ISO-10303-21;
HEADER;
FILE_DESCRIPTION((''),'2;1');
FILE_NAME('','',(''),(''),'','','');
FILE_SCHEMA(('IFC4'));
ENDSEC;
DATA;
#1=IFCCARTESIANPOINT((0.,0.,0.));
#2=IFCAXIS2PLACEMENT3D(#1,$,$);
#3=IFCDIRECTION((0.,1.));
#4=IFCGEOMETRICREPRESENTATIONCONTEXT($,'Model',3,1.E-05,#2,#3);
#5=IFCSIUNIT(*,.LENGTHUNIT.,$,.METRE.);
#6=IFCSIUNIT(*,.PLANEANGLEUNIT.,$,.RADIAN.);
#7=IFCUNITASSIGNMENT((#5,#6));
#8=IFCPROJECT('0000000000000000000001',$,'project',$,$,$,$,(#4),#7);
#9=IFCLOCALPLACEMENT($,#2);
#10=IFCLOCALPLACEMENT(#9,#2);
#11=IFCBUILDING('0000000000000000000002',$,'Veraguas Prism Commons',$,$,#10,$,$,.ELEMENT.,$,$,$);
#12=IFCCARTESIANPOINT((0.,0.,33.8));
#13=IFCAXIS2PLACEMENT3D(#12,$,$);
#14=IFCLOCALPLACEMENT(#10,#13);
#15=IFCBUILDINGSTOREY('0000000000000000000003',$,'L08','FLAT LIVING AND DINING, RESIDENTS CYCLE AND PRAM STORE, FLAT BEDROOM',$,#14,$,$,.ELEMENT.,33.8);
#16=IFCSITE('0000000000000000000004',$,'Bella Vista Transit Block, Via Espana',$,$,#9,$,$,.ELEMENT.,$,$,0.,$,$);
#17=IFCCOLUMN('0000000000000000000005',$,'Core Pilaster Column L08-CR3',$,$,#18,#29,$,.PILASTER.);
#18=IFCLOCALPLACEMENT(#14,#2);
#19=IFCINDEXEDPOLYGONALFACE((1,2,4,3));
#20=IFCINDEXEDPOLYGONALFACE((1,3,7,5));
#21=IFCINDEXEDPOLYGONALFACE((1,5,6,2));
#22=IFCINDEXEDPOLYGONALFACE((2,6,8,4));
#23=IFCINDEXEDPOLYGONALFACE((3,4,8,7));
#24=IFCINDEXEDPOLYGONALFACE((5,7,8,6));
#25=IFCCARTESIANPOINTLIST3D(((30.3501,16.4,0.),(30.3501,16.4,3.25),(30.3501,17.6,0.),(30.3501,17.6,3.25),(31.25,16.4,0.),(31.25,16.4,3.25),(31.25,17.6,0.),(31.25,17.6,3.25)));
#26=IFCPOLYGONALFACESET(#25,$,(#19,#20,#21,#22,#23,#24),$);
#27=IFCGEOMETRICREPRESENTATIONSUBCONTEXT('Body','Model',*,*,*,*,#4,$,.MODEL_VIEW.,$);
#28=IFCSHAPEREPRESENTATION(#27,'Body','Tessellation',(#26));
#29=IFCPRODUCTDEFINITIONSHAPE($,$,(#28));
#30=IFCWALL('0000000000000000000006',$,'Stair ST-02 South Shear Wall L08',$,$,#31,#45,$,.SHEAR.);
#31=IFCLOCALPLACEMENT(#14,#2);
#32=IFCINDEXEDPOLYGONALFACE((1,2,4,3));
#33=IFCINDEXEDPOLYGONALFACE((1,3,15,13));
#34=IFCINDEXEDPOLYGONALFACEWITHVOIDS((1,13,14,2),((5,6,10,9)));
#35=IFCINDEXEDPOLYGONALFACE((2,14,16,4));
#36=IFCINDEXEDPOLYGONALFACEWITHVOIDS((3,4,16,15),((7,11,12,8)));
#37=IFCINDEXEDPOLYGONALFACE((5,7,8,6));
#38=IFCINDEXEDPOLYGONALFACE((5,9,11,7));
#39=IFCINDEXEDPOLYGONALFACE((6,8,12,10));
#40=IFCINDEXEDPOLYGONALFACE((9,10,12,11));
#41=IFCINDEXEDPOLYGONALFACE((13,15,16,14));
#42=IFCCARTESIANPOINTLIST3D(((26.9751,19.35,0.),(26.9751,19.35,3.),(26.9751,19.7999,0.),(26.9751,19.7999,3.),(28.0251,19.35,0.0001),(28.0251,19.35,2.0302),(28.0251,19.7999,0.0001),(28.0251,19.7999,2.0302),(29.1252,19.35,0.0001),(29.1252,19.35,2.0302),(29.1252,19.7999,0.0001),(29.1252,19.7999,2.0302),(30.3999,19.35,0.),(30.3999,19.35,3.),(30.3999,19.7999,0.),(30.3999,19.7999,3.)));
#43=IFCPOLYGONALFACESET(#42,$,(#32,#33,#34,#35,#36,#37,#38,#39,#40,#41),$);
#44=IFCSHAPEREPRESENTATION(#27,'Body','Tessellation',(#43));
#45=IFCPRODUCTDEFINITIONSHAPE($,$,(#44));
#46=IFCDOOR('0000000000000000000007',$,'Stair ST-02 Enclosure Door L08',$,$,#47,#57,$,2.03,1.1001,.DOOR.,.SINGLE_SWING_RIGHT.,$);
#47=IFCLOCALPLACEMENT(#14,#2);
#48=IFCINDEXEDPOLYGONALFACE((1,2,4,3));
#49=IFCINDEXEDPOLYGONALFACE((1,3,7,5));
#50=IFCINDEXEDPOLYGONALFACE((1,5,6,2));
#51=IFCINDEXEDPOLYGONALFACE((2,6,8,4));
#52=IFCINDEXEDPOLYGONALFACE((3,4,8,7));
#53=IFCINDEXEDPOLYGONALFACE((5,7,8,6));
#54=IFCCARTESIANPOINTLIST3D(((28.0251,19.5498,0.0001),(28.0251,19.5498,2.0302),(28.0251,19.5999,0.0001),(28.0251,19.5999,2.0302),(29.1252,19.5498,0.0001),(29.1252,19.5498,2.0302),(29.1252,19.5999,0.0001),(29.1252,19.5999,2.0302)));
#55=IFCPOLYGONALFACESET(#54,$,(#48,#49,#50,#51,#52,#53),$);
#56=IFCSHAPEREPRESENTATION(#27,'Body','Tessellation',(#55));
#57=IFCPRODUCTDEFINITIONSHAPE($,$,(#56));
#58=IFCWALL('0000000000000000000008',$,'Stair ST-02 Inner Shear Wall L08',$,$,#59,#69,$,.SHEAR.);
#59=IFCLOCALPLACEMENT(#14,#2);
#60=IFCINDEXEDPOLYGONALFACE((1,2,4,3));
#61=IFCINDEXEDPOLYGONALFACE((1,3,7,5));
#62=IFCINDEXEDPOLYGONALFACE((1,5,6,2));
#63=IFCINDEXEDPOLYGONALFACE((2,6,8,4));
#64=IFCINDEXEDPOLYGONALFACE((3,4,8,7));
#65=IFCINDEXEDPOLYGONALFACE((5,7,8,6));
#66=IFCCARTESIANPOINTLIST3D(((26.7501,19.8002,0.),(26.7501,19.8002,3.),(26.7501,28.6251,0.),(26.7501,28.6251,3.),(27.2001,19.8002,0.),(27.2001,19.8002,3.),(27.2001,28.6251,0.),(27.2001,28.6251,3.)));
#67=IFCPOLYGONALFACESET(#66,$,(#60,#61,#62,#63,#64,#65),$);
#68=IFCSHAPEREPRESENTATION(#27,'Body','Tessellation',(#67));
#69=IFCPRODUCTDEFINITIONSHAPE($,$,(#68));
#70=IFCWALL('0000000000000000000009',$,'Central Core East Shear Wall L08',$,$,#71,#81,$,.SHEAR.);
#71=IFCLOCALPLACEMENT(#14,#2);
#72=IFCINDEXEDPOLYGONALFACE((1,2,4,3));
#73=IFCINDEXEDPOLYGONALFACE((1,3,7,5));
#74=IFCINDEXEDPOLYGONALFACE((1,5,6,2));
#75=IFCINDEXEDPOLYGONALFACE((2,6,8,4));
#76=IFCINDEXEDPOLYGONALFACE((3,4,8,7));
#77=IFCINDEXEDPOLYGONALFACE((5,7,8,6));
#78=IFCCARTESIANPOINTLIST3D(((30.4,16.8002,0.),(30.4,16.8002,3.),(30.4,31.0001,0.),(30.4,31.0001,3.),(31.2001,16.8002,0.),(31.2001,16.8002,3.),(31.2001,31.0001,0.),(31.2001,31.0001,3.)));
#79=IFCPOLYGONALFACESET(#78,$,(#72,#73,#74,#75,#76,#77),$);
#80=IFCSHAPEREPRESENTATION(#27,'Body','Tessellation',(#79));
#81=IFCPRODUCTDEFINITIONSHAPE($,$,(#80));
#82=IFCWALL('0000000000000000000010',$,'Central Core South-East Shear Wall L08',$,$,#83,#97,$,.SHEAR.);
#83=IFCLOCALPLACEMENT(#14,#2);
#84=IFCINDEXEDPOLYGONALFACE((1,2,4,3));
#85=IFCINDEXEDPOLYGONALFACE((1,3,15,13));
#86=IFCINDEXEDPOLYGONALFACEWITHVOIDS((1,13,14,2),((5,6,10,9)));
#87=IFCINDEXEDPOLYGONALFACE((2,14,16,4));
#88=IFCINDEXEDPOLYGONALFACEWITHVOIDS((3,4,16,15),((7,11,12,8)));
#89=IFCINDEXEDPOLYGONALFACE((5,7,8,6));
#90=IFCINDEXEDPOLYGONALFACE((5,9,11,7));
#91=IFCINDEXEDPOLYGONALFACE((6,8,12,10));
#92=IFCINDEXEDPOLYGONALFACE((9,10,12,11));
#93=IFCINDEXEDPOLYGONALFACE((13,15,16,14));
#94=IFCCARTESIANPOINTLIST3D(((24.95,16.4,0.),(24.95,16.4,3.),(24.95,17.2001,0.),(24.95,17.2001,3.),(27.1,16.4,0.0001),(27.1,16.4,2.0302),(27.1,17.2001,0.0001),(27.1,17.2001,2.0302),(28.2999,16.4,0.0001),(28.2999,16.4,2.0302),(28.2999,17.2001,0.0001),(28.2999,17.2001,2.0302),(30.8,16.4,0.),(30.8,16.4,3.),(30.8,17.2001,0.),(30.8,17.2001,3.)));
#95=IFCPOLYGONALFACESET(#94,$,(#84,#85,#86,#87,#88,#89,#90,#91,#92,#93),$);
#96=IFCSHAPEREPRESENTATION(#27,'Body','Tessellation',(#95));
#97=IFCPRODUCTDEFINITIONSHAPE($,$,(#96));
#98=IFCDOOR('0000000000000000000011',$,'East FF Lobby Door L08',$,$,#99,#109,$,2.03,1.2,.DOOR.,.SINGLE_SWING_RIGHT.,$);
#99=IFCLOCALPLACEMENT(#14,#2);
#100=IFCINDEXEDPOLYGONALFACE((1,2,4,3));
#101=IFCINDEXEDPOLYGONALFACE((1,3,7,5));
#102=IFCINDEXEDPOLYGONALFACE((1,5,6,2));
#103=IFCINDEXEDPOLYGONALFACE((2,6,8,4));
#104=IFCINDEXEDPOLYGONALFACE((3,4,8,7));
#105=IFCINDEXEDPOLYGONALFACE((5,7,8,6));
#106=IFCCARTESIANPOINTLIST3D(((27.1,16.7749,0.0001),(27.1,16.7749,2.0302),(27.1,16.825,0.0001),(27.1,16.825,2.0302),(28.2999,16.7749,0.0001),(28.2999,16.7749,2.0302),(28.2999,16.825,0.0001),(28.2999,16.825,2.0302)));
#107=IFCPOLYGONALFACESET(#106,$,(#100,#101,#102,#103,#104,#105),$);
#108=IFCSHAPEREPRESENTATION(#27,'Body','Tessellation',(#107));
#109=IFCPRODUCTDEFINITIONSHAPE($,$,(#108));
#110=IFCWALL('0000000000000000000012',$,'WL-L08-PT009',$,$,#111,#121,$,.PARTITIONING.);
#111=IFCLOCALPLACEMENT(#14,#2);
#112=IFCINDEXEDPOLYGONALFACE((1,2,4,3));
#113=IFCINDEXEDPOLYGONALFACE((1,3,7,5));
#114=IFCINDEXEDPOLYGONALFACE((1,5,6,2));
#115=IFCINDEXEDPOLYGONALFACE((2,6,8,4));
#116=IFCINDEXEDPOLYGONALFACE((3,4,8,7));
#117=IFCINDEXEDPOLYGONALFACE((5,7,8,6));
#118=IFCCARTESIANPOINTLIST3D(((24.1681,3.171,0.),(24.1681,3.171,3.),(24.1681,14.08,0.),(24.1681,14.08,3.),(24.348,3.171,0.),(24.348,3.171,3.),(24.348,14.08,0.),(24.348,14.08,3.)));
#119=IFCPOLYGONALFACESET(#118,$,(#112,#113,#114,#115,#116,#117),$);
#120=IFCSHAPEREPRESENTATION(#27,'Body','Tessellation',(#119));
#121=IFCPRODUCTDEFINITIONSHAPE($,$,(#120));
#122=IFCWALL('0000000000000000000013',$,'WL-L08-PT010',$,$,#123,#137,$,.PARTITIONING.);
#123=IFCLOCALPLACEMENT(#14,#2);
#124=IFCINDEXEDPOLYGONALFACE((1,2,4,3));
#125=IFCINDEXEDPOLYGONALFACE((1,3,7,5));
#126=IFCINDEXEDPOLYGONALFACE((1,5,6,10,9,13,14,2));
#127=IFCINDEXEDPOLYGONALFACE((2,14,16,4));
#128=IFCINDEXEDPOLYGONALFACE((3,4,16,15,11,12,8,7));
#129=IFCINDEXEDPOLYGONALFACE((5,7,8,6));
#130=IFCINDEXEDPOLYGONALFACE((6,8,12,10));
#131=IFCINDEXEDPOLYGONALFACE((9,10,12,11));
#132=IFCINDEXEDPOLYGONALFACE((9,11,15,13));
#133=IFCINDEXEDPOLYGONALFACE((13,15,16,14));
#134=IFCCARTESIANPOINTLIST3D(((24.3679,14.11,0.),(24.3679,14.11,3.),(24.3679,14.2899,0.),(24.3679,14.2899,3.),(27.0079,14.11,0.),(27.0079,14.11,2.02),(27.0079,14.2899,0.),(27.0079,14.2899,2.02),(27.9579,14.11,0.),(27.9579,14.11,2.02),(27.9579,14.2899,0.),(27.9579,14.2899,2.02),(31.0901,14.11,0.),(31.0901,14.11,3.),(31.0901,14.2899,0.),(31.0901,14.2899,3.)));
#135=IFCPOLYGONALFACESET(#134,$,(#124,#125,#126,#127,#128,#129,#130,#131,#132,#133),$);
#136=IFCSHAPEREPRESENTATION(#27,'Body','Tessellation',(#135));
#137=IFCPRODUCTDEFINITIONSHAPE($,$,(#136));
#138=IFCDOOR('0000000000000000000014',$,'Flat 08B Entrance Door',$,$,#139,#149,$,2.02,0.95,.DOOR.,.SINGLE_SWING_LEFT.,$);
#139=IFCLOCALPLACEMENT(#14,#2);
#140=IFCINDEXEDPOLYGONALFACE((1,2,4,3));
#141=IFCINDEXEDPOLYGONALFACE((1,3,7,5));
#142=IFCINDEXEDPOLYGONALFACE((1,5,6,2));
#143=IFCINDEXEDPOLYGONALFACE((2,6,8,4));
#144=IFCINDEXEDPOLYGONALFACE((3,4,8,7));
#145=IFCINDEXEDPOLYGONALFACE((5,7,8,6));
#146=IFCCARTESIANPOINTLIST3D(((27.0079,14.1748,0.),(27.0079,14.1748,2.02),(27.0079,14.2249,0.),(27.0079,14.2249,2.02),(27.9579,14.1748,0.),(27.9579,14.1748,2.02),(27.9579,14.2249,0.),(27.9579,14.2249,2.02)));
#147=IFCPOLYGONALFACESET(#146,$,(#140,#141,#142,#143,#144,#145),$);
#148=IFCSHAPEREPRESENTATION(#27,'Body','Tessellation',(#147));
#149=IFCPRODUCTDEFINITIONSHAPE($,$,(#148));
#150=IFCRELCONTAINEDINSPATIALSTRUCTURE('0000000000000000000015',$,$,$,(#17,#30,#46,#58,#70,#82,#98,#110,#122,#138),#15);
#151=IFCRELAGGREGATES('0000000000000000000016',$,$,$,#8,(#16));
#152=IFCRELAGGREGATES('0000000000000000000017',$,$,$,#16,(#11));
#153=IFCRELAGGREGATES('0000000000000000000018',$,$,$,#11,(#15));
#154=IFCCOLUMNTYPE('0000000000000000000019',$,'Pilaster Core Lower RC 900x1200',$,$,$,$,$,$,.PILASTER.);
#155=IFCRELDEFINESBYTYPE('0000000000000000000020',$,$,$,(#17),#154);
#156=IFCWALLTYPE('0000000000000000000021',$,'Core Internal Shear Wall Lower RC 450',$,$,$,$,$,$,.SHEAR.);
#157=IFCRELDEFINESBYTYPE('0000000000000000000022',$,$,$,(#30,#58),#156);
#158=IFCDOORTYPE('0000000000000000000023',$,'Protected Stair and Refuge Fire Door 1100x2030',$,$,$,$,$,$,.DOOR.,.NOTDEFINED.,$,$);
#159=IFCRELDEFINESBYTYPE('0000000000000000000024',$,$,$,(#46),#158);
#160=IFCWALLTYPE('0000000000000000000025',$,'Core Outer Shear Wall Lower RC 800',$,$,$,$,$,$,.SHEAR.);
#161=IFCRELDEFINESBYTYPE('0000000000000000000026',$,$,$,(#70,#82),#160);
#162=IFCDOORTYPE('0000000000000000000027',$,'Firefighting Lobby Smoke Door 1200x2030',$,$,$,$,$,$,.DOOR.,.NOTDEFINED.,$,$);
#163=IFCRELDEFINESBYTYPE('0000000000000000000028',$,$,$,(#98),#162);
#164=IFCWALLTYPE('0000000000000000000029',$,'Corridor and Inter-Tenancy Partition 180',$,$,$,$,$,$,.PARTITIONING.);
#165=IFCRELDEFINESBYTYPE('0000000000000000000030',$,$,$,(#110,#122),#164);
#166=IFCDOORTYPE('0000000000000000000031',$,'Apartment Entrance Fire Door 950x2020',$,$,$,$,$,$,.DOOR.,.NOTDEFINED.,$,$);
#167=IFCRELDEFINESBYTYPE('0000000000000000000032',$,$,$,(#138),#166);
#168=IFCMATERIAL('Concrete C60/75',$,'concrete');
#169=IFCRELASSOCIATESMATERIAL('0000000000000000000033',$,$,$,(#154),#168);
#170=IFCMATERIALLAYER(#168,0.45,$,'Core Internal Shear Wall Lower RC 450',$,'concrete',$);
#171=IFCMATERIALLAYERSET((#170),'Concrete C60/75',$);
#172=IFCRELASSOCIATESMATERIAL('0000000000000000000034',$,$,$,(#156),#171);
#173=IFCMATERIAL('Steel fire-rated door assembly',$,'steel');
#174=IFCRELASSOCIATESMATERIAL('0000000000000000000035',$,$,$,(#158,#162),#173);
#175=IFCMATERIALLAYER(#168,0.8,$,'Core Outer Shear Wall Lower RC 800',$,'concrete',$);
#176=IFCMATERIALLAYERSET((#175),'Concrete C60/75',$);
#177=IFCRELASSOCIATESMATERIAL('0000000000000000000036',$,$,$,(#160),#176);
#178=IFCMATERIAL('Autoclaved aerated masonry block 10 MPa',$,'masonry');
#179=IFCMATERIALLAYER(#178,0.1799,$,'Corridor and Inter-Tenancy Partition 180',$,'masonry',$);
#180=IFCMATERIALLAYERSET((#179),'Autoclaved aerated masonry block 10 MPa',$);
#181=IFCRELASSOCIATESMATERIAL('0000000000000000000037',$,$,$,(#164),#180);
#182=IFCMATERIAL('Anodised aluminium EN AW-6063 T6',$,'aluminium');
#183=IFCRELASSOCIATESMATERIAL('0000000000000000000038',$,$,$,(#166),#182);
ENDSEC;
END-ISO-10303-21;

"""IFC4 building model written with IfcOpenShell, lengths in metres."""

from ifc_helpers import new_model, si_unit, direction, frame, frame_2d, origin, origin_2d, place, context, subcontext, project, spatial, rectangle, extrude, source, transform, mapped, material, layer, layer_set, material_profile, profile_set, type_object, element, fill, save


model = new_model("IFC4")

# Units and contexts
model_context = context("Model", 3, precision=1e-05, world=origin(), true_north=direction((0.0, 1.0)))
body_context = subcontext(model_context, "Body", "Model", "MODEL_VIEW")
ifc_project = project(units=[si_unit("LENGTHUNIT", "METRE"), si_unit("PLANEANGLEUNIT", "RADIAN")], contexts=[model_context])

# Site, building, storey
site_placement = place(None, origin())
site = spatial("IfcSite", under=ifc_project, at=site_placement, Name="Bella Vista Transit Block, Via Espana", CompositionType="ELEMENT", RefElevation=0.0)
building_placement = place(site_placement, origin())
building = spatial("IfcBuilding", under=site, at=building_placement, Name="Veraguas Prism Commons", CompositionType="ELEMENT")
storey_placement = place(building_placement, frame((0.0, 0.0, 33.8)))
storey = spatial("IfcBuildingStorey", under=building, at=storey_placement, Name="L08", Description="FLAT LIVING AND DINING, RESIDENTS CYCLE AND PRAM STORE, FLAT BEDROOM", CompositionType="ELEMENT", Elevation=33.8)

# Column
ifc_material_1 = material(Name="Concrete C60/75", Category="concrete")
ifc_material_profile = material_profile(ifc_material_1, rectangle(XDim=0.8999, YDim=1.2, at=origin_2d()), Name="RC900X1200")
ifc_profile_set = profile_set([ifc_material_profile], Name="Concrete C60/75")
column_type = type_object("IfcColumnType", Name="Pilaster Core Lower RC 900x1200", PredefinedType="PILASTER", material=ifc_profile_set)
column_placement = place(storey_placement, frame((30.8, 17.0, 0.0), z_axis=(0.0, 0.0, 1.0), x_axis=(1.0, 0.0, 0.0)))
element("IfcColumn", 1, at=column_placement, inside=storey, type_object=column_type, Name="Core Pilaster Column L08-CR3", PredefinedType="PILASTER", context=body_context, shape_type="SweptSolid", body=[
    extrude(rectangle(XDim=0.8999, YDim=1.2, at=origin_2d()), origin(), (0.0, 0.0, 1.0), 3.25),
])

# Wall, opening, door
ifc_layer_1 = layer(ifc_material_1, 0.45, Name="Core Internal Shear Wall Lower RC 450", Category="concrete")
ifc_layer_set_1 = layer_set([ifc_layer_1], Name="Concrete C60/75")
wall_type_1 = type_object("IfcWallType", Name="Core Internal Shear Wall Lower RC 450", PredefinedType="SHEAR", material=ifc_layer_set_1)
wall_1_placement = place(storey_placement, frame((26.9751, 19.575, 0.0), z_axis=(0.0, 0.0, 1.0), x_axis=(1.0, 0.0, 0.0)))
wall_1 = element("IfcWall", 2, at=wall_1_placement, inside=storey, type_object=wall_type_1, Name="Stair ST-02 South Shear Wall L08", PredefinedType="SHEAR", context=body_context, shape_type="SweptSolid", body=[
    extrude(rectangle(XDim=3.4248, YDim=0.45, at=frame_2d((1.7124, 0.0))), origin(), (0.0, 0.0, 1.0), 3.0),
])
opening_1_placement = place(wall_1_placement, frame((1.05, 0.0, 0.0)))
opening_1 = element("IfcOpeningElement", 3, at=opening_1_placement, cuts=wall_1, PredefinedType="OPENING", context=body_context, shape_type="SweptSolid", body=[
    extrude(rectangle(XDim=1.1001, YDim=2.03, at=frame_2d((0.55, 1.0151))), frame((0.0, 0.2349, 0.0), z_axis=(0.0, -1.0, 0.0), x_axis=(1.0, 0.0, 0.0)), (0.0, 0.0, 1.0), 0.47),
])
ifc_material_2 = material(Name="Steel fire-rated door assembly", Category="steel")
door_type_1 = type_object("IfcDoorType", Name="Protected Stair and Refuge Fire Door 1100x2030", OperationType="NOTDEFINED", PredefinedType="DOOR", material=ifc_material_2)
shared_shape_1 = source(origin(), body_context, "Body", "SweptSolid", [
    extrude(rectangle(XDim=1.1001, YDim=2.03, at=frame_2d((0.55, 1.0151))), frame((0.0, 0.0249, 0.0), z_axis=(0.0, -1.0, 0.0), x_axis=(1.0, 0.0, 0.0)), (0.0, 0.0, 1.0), 0.05),
])
door_1_placement = place(opening_1_placement, origin())
door_1 = element("IfcDoor", 4, at=door_1_placement, inside=storey, type_object=door_type_1, Name="Stair ST-02 Enclosure Door L08", OperationType="SINGLE_SWING_RIGHT", OverallHeight=2.03, OverallWidth=1.1001, PredefinedType="DOOR", context=body_context, shape_type="MappedRepresentation", body=[
    mapped(shared_shape_1, transform((0.0, 0.0, 0.0), scale=1.0)),
])
fill(opening_1, door_1)

# Walls
wall_2_placement = place(storey_placement, frame((26.9751, 19.8, 0.0), z_axis=(0.0, 0.0, 1.0), x_axis=(0.0, 1.0, 0.0)))
element("IfcWall", 5, at=wall_2_placement, inside=storey, type_object=wall_type_1, Name="Stair ST-02 Inner Shear Wall L08", PredefinedType="SHEAR", context=body_context, shape_type="SweptSolid", body=[
    extrude(rectangle(XDim=8.825, YDim=0.45, at=frame_2d((4.4126, 0.0))), origin(), (0.0, 0.0, 1.0), 3.0),
])
ifc_layer_2 = layer(ifc_material_1, 0.8, Name="Core Outer Shear Wall Lower RC 800", Category="concrete")
ifc_layer_set_2 = layer_set([ifc_layer_2], Name="Concrete C60/75")
wall_type_2 = type_object("IfcWallType", Name="Core Outer Shear Wall Lower RC 800", PredefinedType="SHEAR", material=ifc_layer_set_2)
wall_3_placement = place(storey_placement, frame((30.8, 16.8, 0.0), z_axis=(0.0, 0.0, 1.0), x_axis=(0.0, 1.0, 0.0)))
element("IfcWall", 6, at=wall_3_placement, inside=storey, type_object=wall_type_2, Name="Central Core East Shear Wall L08", PredefinedType="SHEAR", context=body_context, shape_type="SweptSolid", body=[
    extrude(rectangle(XDim=14.2, YDim=0.8, at=frame_2d((7.1001, 0.0))), origin(), (0.0, 0.0, 1.0), 3.0),
])

# Wall, opening, door
wall_4_placement = place(storey_placement, frame((24.95, 16.8, 0.0), z_axis=(0.0, 0.0, 1.0), x_axis=(1.0, 0.0, 0.0)))
wall_4 = element("IfcWall", 7, at=wall_4_placement, inside=storey, type_object=wall_type_2, Name="Central Core South-East Shear Wall L08", PredefinedType="SHEAR", context=body_context, shape_type="SweptSolid", body=[
    extrude(rectangle(XDim=5.8501, YDim=0.8, at=frame_2d((2.925, 0.0))), origin(), (0.0, 0.0, 1.0), 3.0),
])
opening_2_placement = place(wall_4_placement, frame((2.1499, 0.0, 0.0)))
opening_2 = element("IfcOpeningElement", 8, at=opening_2_placement, cuts=wall_4, PredefinedType="OPENING", context=body_context, shape_type="SweptSolid", body=[
    extrude(rectangle(XDim=1.2, YDim=2.03, at=frame_2d((0.6001, 1.0151))), frame((0.0, 0.4099, 0.0), z_axis=(0.0, -1.0, 0.0), x_axis=(1.0, 0.0, 0.0)), (0.0, 0.0, 1.0), 0.8201),
])
door_type_2 = type_object("IfcDoorType", Name="Firefighting Lobby Smoke Door 1200x2030", OperationType="NOTDEFINED", PredefinedType="DOOR", material=ifc_material_2)
shared_shape_2 = source(origin(), body_context, "Body", "SweptSolid", [
    extrude(rectangle(XDim=1.2, YDim=2.03, at=frame_2d((0.6001, 1.0151))), frame((0.0, 0.0249, 0.0), z_axis=(0.0, -1.0, 0.0), x_axis=(1.0, 0.0, 0.0)), (0.0, 0.0, 1.0), 0.05),
])
door_2_placement = place(opening_2_placement, origin())
door_2 = element("IfcDoor", 9, at=door_2_placement, inside=storey, type_object=door_type_2, Name="East FF Lobby Door L08", OperationType="SINGLE_SWING_RIGHT", OverallHeight=2.03, OverallWidth=1.2, PredefinedType="DOOR", context=body_context, shape_type="MappedRepresentation", body=[
    mapped(shared_shape_2, transform((0.0, 0.0, 0.0), scale=1.0)),
])
fill(opening_2, door_2)

# Wall
ifc_material_3 = material(Name="Autoclaved aerated masonry block 10 MPa", Category="masonry")
ifc_layer_3 = layer(ifc_material_3, 0.1799, Name="Corridor and Inter-Tenancy Partition 180", Category="masonry")
ifc_layer_set_3 = layer_set([ifc_layer_3], Name="Autoclaved aerated masonry block 10 MPa")
wall_type_3 = type_object("IfcWallType", Name="Corridor and Inter-Tenancy Partition 180", PredefinedType="PARTITIONING", material=ifc_layer_set_3)
wall_5_placement = place(storey_placement, frame((24.2581, 14.0801, 0.0), z_axis=(0.0, 0.0, 1.0), x_axis=(0.0, -1.0, 0.0)))
element("IfcWall", 10, at=wall_5_placement, inside=storey, type_object=wall_type_3, Name="WL-L08-PT009", PredefinedType="PARTITIONING", context=body_context, shape_type="SweptSolid", body=[
    extrude(rectangle(XDim=10.9089, YDim=0.1799, at=frame_2d((5.4546, 0.0))), origin(), (0.0, 0.0, 1.0), 3.0),
])

# Wall, opening, door
wall_6_placement = place(storey_placement, frame((24.3679, 14.2, 0.0), z_axis=(0.0, 0.0, 1.0), x_axis=(1.0, 0.0, 0.0)))
wall_6 = element("IfcWall", 11, at=wall_6_placement, inside=storey, type_object=wall_type_3, Name="WL-L08-PT010", PredefinedType="PARTITIONING", context=body_context, shape_type="SweptSolid", body=[
    extrude(rectangle(XDim=6.7222, YDim=0.1799, at=frame_2d((3.3611, 0.0))), origin(), (0.0, 0.0, 1.0), 3.0),
])
opening_3_placement = place(wall_6_placement, frame((2.6399, 0.0, 0.0)))
opening_3 = element("IfcOpeningElement", 12, at=opening_3_placement, cuts=wall_6, PredefinedType="OPENING", context=body_context, shape_type="SweptSolid", body=[
    extrude(rectangle(XDim=0.95, YDim=2.02, at=frame_2d((0.4751, 1.01))), frame((0.0, 0.0999, 0.0), z_axis=(0.0, -1.0, 0.0), x_axis=(1.0, 0.0, 0.0)), (0.0, 0.0, 1.0), 0.2),
])
ifc_material_4 = material(Name="Anodised aluminium EN AW-6063 T6", Category="aluminium")
door_type_3 = type_object("IfcDoorType", Name="Apartment Entrance Fire Door 950x2020", OperationType="NOTDEFINED", PredefinedType="DOOR", material=ifc_material_4)
shared_shape_3 = source(origin(), body_context, "Body", "SweptSolid", [
    extrude(rectangle(XDim=0.95, YDim=2.02, at=frame_2d((0.4751, 1.01))), frame((0.0, 0.0249, 0.0), z_axis=(0.0, -1.0, 0.0), x_axis=(1.0, 0.0, 0.0)), (0.0, 0.0, 1.0), 0.05),
])
door_3_placement = place(opening_3_placement, origin())
door_3 = element("IfcDoor", 13, at=door_3_placement, inside=storey, type_object=door_type_3, Name="Flat 08B Entrance Door", OperationType="SINGLE_SWING_LEFT", OverallHeight=2.02, OverallWidth=0.95, PredefinedType="DOOR", context=body_context, shape_type="MappedRepresentation", body=[
    mapped(shared_shape_3, transform((0.0, 0.0, 0.0), scale=1.0)),
])
fill(opening_3, door_3)

save(model, "model.ifc")
